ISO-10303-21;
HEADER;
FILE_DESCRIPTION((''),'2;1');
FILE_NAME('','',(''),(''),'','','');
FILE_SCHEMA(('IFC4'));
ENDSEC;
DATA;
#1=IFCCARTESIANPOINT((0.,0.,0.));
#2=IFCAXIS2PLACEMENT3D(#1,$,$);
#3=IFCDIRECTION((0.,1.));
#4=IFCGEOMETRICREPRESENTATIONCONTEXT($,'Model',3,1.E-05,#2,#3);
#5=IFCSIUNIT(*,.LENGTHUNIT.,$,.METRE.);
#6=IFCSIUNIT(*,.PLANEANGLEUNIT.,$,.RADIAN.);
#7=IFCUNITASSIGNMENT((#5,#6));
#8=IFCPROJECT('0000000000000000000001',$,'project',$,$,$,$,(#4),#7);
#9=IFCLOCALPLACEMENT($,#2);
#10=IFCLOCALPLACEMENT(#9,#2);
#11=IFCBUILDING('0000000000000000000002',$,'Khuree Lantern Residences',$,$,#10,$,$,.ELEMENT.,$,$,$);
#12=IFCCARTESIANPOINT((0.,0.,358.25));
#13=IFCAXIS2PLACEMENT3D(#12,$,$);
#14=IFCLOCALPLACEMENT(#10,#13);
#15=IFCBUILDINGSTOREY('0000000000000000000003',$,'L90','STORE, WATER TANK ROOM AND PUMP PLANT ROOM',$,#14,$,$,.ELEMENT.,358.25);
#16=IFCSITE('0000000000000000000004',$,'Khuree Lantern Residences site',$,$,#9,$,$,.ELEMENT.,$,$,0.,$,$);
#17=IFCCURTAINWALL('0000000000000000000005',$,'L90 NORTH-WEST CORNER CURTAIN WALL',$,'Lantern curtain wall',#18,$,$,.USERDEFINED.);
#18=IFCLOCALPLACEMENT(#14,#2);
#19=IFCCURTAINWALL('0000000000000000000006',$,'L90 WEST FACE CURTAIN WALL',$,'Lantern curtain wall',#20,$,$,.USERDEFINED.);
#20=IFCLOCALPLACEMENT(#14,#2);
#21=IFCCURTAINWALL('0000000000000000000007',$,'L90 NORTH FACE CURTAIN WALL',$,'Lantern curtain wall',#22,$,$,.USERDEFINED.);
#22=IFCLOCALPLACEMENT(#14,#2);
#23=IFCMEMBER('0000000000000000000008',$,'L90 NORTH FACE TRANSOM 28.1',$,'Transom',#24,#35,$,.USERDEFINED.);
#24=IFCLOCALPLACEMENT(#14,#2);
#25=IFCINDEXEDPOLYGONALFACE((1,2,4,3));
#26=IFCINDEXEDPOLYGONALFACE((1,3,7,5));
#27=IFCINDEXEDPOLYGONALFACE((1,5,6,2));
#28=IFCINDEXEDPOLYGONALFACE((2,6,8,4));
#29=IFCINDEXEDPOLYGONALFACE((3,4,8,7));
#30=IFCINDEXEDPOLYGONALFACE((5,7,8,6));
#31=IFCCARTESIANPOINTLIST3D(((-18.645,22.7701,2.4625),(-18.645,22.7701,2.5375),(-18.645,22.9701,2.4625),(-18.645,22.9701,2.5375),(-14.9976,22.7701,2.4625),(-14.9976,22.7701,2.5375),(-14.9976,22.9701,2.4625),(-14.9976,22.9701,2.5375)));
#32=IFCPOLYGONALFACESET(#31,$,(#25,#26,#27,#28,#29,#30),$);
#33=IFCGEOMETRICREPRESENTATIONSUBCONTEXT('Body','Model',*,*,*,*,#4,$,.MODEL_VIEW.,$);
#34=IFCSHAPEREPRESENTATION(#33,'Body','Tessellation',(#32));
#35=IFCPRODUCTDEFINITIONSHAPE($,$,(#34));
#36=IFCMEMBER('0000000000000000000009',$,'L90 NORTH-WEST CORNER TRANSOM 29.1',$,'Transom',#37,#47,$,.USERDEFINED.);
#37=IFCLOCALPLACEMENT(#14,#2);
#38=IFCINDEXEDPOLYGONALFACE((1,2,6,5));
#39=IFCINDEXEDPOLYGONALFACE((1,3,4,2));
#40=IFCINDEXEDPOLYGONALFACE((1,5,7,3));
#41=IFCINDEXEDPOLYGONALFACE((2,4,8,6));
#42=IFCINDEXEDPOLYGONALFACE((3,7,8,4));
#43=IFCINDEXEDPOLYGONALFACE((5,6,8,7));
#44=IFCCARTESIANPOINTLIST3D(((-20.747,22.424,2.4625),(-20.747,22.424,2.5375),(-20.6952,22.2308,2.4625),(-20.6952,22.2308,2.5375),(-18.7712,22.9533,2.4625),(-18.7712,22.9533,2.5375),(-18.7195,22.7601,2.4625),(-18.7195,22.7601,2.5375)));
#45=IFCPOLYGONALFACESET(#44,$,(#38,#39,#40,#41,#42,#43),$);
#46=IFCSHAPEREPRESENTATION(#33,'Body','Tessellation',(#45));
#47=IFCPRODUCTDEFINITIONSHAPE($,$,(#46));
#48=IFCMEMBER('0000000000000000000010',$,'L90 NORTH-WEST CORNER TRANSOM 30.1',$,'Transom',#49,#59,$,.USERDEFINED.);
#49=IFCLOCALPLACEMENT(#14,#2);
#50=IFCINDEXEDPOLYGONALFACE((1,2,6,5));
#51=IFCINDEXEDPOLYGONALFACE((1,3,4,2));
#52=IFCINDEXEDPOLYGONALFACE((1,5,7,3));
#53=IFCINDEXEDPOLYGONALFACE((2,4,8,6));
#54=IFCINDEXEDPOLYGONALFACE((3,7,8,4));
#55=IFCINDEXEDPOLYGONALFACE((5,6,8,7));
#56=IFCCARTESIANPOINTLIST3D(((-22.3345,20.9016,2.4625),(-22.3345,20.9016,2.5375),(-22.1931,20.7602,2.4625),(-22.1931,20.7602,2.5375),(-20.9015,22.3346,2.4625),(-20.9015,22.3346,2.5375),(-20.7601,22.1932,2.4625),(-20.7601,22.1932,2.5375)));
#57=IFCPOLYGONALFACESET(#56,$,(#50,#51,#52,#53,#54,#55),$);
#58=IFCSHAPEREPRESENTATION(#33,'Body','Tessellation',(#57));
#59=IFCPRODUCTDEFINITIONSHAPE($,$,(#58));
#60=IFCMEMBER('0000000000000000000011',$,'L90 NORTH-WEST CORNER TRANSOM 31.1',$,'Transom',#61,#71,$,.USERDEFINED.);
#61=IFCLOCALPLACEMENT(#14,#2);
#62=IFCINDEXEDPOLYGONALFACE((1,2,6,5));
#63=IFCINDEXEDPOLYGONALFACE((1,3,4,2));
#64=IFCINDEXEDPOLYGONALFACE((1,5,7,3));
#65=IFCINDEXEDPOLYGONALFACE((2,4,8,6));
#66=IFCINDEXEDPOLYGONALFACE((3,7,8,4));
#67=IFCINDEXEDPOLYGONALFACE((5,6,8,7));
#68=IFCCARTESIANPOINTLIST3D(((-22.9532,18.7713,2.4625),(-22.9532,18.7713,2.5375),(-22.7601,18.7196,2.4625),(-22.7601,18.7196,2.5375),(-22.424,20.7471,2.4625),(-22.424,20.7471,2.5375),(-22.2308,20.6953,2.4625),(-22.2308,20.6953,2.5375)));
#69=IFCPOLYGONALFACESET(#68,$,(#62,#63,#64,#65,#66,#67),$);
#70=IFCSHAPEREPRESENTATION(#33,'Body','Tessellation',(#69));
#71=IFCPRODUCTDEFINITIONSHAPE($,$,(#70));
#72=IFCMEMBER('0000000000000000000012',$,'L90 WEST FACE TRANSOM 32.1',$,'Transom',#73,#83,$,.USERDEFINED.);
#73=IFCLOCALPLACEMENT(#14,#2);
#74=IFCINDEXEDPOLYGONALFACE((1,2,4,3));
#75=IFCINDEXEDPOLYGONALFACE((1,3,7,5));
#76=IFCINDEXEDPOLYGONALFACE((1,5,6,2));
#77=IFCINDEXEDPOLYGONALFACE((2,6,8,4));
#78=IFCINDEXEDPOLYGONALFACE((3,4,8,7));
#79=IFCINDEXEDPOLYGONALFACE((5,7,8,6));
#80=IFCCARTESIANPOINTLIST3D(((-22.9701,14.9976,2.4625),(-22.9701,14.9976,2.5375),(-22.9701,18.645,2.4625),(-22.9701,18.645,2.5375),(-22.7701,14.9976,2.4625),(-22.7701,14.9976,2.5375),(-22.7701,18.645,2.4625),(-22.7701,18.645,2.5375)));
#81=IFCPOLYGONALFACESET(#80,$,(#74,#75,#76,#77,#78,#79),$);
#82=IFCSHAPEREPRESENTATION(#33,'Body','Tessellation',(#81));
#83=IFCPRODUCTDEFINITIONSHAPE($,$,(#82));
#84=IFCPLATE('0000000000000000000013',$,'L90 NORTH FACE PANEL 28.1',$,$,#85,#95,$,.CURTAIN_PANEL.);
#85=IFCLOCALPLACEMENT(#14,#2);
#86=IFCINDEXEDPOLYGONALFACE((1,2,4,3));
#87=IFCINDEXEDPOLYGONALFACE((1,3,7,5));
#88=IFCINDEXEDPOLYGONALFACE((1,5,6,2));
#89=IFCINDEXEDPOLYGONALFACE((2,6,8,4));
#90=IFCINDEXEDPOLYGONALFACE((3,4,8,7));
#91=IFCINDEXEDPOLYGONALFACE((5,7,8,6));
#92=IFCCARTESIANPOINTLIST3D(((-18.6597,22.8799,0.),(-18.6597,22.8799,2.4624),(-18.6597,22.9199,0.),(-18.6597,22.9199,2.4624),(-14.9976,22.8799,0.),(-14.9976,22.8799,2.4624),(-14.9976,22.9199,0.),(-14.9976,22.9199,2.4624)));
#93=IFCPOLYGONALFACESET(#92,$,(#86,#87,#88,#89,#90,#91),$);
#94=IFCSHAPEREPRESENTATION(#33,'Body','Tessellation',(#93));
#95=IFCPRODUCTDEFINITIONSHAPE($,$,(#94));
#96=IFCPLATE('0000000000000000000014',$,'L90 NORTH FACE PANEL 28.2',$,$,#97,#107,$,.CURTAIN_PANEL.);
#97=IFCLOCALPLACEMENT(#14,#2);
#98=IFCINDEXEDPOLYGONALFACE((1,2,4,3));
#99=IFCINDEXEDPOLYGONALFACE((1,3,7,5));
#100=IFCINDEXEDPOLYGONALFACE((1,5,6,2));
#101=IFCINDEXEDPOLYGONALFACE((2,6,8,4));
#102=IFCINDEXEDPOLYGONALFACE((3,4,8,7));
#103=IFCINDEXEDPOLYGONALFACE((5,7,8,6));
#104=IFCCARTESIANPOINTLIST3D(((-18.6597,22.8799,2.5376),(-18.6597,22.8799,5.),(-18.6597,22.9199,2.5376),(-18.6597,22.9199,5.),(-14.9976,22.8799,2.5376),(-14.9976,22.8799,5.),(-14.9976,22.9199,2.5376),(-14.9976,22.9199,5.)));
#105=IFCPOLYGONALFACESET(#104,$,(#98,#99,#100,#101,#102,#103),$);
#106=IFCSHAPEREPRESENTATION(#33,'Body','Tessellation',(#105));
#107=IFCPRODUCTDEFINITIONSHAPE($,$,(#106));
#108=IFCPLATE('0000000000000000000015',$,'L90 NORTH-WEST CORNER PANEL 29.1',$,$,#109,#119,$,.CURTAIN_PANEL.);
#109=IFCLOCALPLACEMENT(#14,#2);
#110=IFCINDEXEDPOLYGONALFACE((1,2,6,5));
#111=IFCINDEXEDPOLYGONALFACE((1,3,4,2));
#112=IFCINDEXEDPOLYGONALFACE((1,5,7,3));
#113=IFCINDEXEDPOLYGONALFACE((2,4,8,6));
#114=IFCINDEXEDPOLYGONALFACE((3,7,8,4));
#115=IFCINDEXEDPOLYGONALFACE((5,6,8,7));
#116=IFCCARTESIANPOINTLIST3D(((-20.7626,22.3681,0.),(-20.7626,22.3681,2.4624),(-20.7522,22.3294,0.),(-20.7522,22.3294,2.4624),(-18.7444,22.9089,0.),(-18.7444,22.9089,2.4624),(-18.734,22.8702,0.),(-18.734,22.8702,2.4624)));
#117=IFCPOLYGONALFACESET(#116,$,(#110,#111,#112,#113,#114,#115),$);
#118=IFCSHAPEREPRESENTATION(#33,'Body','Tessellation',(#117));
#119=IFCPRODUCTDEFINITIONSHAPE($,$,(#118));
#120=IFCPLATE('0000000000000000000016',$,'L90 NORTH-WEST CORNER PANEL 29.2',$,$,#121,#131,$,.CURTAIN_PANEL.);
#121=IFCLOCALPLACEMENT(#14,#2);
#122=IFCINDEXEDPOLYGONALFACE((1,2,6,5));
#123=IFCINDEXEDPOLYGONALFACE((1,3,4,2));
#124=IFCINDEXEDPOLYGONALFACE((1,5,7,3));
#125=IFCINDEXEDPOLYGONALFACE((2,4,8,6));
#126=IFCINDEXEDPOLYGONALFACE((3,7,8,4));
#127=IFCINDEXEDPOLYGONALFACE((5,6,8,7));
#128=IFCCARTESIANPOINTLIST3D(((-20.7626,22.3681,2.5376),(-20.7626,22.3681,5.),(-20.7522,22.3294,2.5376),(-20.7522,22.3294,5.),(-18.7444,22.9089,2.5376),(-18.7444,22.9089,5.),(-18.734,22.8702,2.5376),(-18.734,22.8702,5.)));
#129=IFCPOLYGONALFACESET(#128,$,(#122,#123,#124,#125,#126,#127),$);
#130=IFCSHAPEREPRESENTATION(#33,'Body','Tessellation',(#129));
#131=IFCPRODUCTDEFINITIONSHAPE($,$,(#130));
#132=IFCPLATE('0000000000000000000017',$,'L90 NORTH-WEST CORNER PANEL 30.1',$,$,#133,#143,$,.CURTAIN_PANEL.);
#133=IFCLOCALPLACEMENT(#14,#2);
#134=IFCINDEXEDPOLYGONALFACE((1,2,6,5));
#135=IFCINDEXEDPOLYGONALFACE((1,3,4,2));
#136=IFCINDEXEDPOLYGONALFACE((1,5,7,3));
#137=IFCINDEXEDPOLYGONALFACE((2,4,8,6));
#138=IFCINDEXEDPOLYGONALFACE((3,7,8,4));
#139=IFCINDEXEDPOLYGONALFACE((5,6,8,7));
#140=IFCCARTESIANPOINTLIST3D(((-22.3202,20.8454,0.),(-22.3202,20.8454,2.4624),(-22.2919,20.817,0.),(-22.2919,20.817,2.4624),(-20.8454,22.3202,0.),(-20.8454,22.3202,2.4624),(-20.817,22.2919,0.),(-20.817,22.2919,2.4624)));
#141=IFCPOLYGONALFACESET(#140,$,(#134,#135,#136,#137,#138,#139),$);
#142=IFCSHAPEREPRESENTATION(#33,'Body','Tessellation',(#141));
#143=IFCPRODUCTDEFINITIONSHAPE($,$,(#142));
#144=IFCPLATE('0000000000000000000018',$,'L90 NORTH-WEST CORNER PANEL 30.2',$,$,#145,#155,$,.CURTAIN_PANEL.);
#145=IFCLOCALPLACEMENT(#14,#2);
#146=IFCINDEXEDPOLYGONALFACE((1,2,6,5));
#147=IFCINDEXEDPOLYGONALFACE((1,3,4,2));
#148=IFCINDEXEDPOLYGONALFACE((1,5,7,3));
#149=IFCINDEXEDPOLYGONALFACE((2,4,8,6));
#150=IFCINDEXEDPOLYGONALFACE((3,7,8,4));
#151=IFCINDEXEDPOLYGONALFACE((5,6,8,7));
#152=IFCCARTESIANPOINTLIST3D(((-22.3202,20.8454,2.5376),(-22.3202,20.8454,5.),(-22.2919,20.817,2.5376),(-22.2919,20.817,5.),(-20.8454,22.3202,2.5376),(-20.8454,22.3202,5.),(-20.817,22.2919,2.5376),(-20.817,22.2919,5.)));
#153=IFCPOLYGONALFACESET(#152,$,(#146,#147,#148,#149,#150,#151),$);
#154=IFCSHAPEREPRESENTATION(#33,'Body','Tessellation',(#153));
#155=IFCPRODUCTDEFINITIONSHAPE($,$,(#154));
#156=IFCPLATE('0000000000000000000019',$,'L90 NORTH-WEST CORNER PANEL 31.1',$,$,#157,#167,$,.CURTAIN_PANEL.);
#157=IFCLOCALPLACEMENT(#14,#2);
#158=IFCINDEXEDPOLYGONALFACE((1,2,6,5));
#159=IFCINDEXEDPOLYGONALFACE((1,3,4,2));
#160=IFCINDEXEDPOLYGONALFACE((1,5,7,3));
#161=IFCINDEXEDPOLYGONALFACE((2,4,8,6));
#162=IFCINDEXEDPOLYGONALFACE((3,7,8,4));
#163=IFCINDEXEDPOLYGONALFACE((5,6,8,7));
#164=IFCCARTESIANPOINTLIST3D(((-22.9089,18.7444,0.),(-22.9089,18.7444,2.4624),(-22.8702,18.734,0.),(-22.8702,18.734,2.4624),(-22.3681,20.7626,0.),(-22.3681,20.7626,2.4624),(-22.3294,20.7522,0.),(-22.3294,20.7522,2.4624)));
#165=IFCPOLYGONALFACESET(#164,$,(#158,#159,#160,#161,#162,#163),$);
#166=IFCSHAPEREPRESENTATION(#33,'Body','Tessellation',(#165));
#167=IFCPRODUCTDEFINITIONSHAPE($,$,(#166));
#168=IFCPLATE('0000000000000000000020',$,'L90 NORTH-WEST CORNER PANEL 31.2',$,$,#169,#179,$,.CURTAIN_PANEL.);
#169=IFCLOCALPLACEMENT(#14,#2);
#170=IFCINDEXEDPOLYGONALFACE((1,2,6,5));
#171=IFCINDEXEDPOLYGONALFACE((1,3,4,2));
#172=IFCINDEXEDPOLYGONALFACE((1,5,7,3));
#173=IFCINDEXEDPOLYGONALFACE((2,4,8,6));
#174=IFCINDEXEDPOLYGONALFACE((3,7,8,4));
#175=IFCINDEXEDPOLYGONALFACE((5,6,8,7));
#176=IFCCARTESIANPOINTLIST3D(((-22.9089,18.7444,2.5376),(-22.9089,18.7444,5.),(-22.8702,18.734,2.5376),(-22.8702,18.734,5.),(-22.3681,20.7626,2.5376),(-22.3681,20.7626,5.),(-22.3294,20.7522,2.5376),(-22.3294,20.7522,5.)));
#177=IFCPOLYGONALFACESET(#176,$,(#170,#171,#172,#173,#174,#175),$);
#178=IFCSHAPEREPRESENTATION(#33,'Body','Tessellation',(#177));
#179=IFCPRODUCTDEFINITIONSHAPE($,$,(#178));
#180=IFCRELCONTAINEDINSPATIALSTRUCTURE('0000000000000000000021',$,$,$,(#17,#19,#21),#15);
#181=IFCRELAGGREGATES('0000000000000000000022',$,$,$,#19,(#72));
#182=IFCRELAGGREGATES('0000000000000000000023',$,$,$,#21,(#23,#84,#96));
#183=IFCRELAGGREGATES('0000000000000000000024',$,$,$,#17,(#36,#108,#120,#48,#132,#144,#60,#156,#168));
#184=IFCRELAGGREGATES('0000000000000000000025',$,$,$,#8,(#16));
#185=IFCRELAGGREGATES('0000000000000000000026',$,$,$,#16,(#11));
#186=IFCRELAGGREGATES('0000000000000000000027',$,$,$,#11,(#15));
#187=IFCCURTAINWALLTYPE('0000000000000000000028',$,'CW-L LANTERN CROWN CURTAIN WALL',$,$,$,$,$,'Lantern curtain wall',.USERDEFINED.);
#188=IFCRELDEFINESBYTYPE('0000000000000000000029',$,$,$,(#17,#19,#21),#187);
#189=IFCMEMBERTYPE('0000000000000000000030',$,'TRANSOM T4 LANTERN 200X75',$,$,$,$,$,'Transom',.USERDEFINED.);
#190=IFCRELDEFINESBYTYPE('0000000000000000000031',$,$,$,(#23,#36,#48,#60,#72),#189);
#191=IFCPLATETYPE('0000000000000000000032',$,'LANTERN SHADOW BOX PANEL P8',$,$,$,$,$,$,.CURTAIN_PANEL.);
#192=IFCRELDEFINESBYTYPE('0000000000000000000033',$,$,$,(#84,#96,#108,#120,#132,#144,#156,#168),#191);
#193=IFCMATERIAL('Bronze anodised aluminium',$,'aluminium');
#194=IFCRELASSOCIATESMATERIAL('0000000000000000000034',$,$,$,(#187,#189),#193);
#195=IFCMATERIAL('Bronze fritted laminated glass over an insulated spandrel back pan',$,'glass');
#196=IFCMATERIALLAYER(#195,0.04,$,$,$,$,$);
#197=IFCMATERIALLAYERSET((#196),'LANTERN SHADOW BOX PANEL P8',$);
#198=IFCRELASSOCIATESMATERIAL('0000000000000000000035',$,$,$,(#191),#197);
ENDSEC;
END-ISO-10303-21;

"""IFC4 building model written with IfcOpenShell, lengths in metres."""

from ifc_helpers import new_model, si_unit, direction, frame, origin, origin_2d, place, context, subcontext, project, spatial, rectangle, extrude, material, layer, layer_set, material_profile, profile_set, type_object, element, aggregate, save


model = new_model("IFC4")

# Units and contexts
model_context = context("Model", 3, precision=1e-05, world=origin(), true_north=direction((0.0, 1.0)))
body_context = subcontext(model_context, "Body", "Model", "MODEL_VIEW")
ifc_project = project(units=[si_unit("LENGTHUNIT", "METRE"), si_unit("PLANEANGLEUNIT", "RADIAN")], contexts=[model_context])

# Site, building, storey
site_placement = place(None, origin())
site = spatial("IfcSite", under=ifc_project, at=site_placement, Name="Khuree Lantern Residences site", CompositionType="ELEMENT", RefElevation=0.0)
building_placement = place(site_placement, origin())
building = spatial("IfcBuilding", under=site, at=building_placement, Name="Khuree Lantern Residences", CompositionType="ELEMENT")
storey_placement = place(building_placement, frame((0.0, 0.0, 358.25)))
storey = spatial("IfcBuildingStorey", under=building, at=storey_placement, Name="L90", Description="STORE, WATER TANK ROOM AND PUMP PLANT ROOM", CompositionType="ELEMENT", Elevation=358.25)

# Curtain wall
ifc_material_1 = material(Name="Bronze anodised aluminium", Category="aluminium")
curtain_wall_type = type_object("IfcCurtainWallType", Name="CW-L LANTERN CROWN CURTAIN WALL", ElementType="Lantern curtain wall", PredefinedType="USERDEFINED", material=ifc_material_1)
curtain_wall_1_placement = place(storey_placement, origin())
curtain_wall_1 = element("IfcCurtainWall", 1, at=curtain_wall_1_placement, inside=storey, type_object=curtain_wall_type, Name="L90 NORTH-WEST CORNER CURTAIN WALL", ObjectType="Lantern curtain wall", PredefinedType="USERDEFINED")

# Curtain wall
curtain_wall_2_placement = place(storey_placement, origin())
curtain_wall_2 = element("IfcCurtainWall", 2, at=curtain_wall_2_placement, inside=storey, type_object=curtain_wall_type, Name="L90 WEST FACE CURTAIN WALL", ObjectType="Lantern curtain wall", PredefinedType="USERDEFINED")

# Curtain wall, member
curtain_wall_3_placement = place(storey_placement, origin())
curtain_wall_3 = element("IfcCurtainWall", 3, at=curtain_wall_3_placement, inside=storey, type_object=curtain_wall_type, Name="L90 NORTH FACE CURTAIN WALL", ObjectType="Lantern curtain wall", PredefinedType="USERDEFINED")
ifc_material_profile_1 = material_profile(ifc_material_1, rectangle(XDim=0.2, YDim=0.075, at=origin_2d()), Name="T4 200X75")
ifc_profile_set_1 = profile_set([ifc_material_profile_1], Name="Bronze anodised aluminium")
member_type_1 = type_object("IfcMemberType", Name="TRANSOM T4 LANTERN 200X75", ElementType="Transom", PredefinedType="USERDEFINED", material=ifc_profile_set_1)
member_1_placement = place(storey_placement, frame((-14.9976, 22.8701, 2.5), z_axis=(-1.0, 0.0, 0.0), x_axis=(0.0, -1.0, 0.0)))
member_1 = element("IfcMember", 4, at=member_1_placement, type_object=member_type_1, Name="L90 NORTH FACE TRANSOM 28.1", ObjectType="Transom", PredefinedType="USERDEFINED", context=body_context, shape_type="SweptSolid", body=[
    extrude(rectangle(XDim=0.2, YDim=0.075, at=origin_2d()), origin(), (0.0, 0.0, 1.0), 3.6475),
])

# Members
member_2_placement = place(storey_placement, frame((-18.7454, 22.8567, 2.5), z_axis=(-0.965941, -0.258762, 0.0), x_axis=(0.258762, -0.965941, 0.0)))
member_2 = element("IfcMember", 5, at=member_2_placement, type_object=member_type_1, Name="L90 NORTH-WEST CORNER TRANSOM 29.1", ObjectType="Transom", PredefinedType="USERDEFINED", context=body_context, shape_type="SweptSolid", body=[
    extrude(rectangle(XDim=0.2, YDim=0.075, at=origin_2d()), origin(), (0.0, 0.0, 1.0), 2.0454),
])
member_3_placement = place(storey_placement, frame((-20.8308, 22.2639, 2.5), z_axis=(-0.707107, -0.707107, 0.0), x_axis=(0.707107, -0.707107, 0.0)))
member_3 = element("IfcMember", 6, at=member_3_placement, type_object=member_type_1, Name="L90 NORTH-WEST CORNER TRANSOM 30.1", ObjectType="Transom", PredefinedType="USERDEFINED", context=body_context, shape_type="SweptSolid", body=[
    extrude(rectangle(XDim=0.2, YDim=0.075, at=origin_2d()), origin(), (0.0, 0.0, 1.0), 2.0266),
])
member_4_placement = place(storey_placement, frame((-22.3274, 20.7212, 2.5), z_axis=(-0.258762, -0.965941, 0.0), x_axis=(0.965941, -0.258762, 0.0)))
member_4 = element("IfcMember", 7, at=member_4_placement, type_object=member_type_1, Name="L90 NORTH-WEST CORNER TRANSOM 31.1", ObjectType="Transom", PredefinedType="USERDEFINED", context=body_context, shape_type="SweptSolid", body=[
    extrude(rectangle(XDim=0.2, YDim=0.075, at=origin_2d()), origin(), (0.0, 0.0, 1.0), 2.0454),
])
member_5_placement = place(storey_placement, frame((-22.8701, 18.645, 2.5), z_axis=(0.0, -1.0, 0.0), x_axis=(1.0, 0.0, 0.0)))
member_5 = element("IfcMember", 8, at=member_5_placement, type_object=member_type_1, Name="L90 WEST FACE TRANSOM 32.1", ObjectType="Transom", PredefinedType="USERDEFINED", context=body_context, shape_type="SweptSolid", body=[
    extrude(rectangle(XDim=0.2, YDim=0.075, at=origin_2d()), origin(), (0.0, 0.0, 1.0), 3.6475),
])
aggregate(curtain_wall_2, [member_5])

# Plates
ifc_material_2 = material(Name="Bronze fritted laminated glass over an insulated spandrel back pan", Category="glass")
ifc_layer = layer(ifc_material_2, 0.04)
ifc_layer_set = layer_set([ifc_layer], Name="LANTERN SHADOW BOX PANEL P8")
plate_type = type_object("IfcPlateType", Name="LANTERN SHADOW BOX PANEL P8", PredefinedType="CURTAIN_PANEL", material=ifc_layer_set)
plate_1_placement = place(storey_placement, frame((-16.8286, 22.8999, 0.0), z_axis=(0.0, 0.0, 1.0), x_axis=(-1.0, 0.0, 0.0)))
plate_1 = element("IfcPlate", 9, at=plate_1_placement, type_object=plate_type, Name="L90 NORTH FACE PANEL 28.1", PredefinedType="CURTAIN_PANEL", context=body_context, shape_type="SweptSolid", body=[
    extrude(rectangle(XDim=3.6621, YDim=0.04, at=origin_2d()), origin(), (0.0, 0.0, 1.0), 2.4624),
])
plate_2_placement = place(storey_placement, frame((-16.8286, 22.8999, 2.5376), z_axis=(0.0, 0.0, 1.0), x_axis=(-1.0, 0.0, 0.0)))
plate_2 = element("IfcPlate", 10, at=plate_2_placement, type_object=plate_type, Name="L90 NORTH FACE PANEL 28.2", PredefinedType="CURTAIN_PANEL", context=body_context, shape_type="SweptSolid", body=[
    extrude(rectangle(XDim=3.6621, YDim=0.04, at=origin_2d()), origin(), (0.0, 0.0, 1.0), 2.4624),
])
aggregate(curtain_wall_3, [member_1, plate_1, plate_2])
plate_3_placement = place(storey_placement, frame((-19.7483, 22.6191, 0.0), z_axis=(0.0, 0.0, 1.0), x_axis=(-0.965926, -0.258819, 0.0)))
plate_3 = element("IfcPlate", 11, at=plate_3_placement, type_object=plate_type, Name="L90 NORTH-WEST CORNER PANEL 29.1", PredefinedType="CURTAIN_PANEL", context=body_context, shape_type="SweptSolid", body=[
    extrude(rectangle(XDim=2.0894, YDim=0.04, at=origin_2d()), origin(), (0.0, 0.0, 1.0), 2.4624),
])
plate_4_placement = place(storey_placement, frame((-19.7483, 22.6191, 2.5376), z_axis=(0.0, 0.0, 1.0), x_axis=(-0.965926, -0.258819, 0.0)))
plate_4 = element("IfcPlate", 12, at=plate_4_placement, type_object=plate_type, Name="L90 NORTH-WEST CORNER PANEL 29.2", PredefinedType="CURTAIN_PANEL", context=body_context, shape_type="SweptSolid", body=[
    extrude(rectangle(XDim=2.0894, YDim=0.04, at=origin_2d()), origin(), (0.0, 0.0, 1.0), 2.4624),
])
plate_5_placement = place(storey_placement, frame((-21.5686, 21.5686, 0.0), z_axis=(0.0, 0.0, 1.0), x_axis=(-0.707107, -0.707107, 0.0)))
plate_5 = element("IfcPlate", 13, at=plate_5_placement, type_object=plate_type, Name="L90 NORTH-WEST CORNER PANEL 30.1", PredefinedType="CURTAIN_PANEL", context=body_context, shape_type="SweptSolid", body=[
    extrude(rectangle(XDim=2.0857, YDim=0.04, at=origin_2d()), origin(), (0.0, 0.0, 1.0), 2.4624),
])
plate_6_placement = place(storey_placement, frame((-21.5686, 21.5686, 2.5376), z_axis=(0.0, 0.0, 1.0), x_axis=(-0.707107, -0.707107, 0.0)))
plate_6 = element("IfcPlate", 14, at=plate_6_placement, type_object=plate_type, Name="L90 NORTH-WEST CORNER PANEL 30.2", PredefinedType="CURTAIN_PANEL", context=body_context, shape_type="SweptSolid", body=[
    extrude(rectangle(XDim=2.0857, YDim=0.04, at=origin_2d()), origin(), (0.0, 0.0, 1.0), 2.4624),
])
plate_7_placement = place(storey_placement, frame((-22.6191, 19.7483, 0.0), z_axis=(0.0, 0.0, 1.0), x_axis=(-0.258819, -0.965926, 0.0)))
plate_7 = element("IfcPlate", 15, at=plate_7_placement, type_object=plate_type, Name="L90 NORTH-WEST CORNER PANEL 31.1", PredefinedType="CURTAIN_PANEL", context=body_context, shape_type="SweptSolid", body=[
    extrude(rectangle(XDim=2.0894, YDim=0.04, at=origin_2d()), origin(), (0.0, 0.0, 1.0), 2.4624),
])
plate_8_placement = place(storey_placement, frame((-22.6191, 19.7483, 2.5376), z_axis=(0.0, 0.0, 1.0), x_axis=(-0.258819, -0.965926, 0.0)))
plate_8 = element("IfcPlate", 16, at=plate_8_placement, type_object=plate_type, Name="L90 NORTH-WEST CORNER PANEL 31.2", PredefinedType="CURTAIN_PANEL", context=body_context, shape_type="SweptSolid", body=[
    extrude(rectangle(XDim=2.0894, YDim=0.04, at=origin_2d()), origin(), (0.0, 0.0, 1.0), 2.4624),
])
aggregate(curtain_wall_1, [member_2, plate_3, plate_4, member_3, plate_5, plate_6, member_4, plate_7, plate_8])

save(model, "model.ifc")
